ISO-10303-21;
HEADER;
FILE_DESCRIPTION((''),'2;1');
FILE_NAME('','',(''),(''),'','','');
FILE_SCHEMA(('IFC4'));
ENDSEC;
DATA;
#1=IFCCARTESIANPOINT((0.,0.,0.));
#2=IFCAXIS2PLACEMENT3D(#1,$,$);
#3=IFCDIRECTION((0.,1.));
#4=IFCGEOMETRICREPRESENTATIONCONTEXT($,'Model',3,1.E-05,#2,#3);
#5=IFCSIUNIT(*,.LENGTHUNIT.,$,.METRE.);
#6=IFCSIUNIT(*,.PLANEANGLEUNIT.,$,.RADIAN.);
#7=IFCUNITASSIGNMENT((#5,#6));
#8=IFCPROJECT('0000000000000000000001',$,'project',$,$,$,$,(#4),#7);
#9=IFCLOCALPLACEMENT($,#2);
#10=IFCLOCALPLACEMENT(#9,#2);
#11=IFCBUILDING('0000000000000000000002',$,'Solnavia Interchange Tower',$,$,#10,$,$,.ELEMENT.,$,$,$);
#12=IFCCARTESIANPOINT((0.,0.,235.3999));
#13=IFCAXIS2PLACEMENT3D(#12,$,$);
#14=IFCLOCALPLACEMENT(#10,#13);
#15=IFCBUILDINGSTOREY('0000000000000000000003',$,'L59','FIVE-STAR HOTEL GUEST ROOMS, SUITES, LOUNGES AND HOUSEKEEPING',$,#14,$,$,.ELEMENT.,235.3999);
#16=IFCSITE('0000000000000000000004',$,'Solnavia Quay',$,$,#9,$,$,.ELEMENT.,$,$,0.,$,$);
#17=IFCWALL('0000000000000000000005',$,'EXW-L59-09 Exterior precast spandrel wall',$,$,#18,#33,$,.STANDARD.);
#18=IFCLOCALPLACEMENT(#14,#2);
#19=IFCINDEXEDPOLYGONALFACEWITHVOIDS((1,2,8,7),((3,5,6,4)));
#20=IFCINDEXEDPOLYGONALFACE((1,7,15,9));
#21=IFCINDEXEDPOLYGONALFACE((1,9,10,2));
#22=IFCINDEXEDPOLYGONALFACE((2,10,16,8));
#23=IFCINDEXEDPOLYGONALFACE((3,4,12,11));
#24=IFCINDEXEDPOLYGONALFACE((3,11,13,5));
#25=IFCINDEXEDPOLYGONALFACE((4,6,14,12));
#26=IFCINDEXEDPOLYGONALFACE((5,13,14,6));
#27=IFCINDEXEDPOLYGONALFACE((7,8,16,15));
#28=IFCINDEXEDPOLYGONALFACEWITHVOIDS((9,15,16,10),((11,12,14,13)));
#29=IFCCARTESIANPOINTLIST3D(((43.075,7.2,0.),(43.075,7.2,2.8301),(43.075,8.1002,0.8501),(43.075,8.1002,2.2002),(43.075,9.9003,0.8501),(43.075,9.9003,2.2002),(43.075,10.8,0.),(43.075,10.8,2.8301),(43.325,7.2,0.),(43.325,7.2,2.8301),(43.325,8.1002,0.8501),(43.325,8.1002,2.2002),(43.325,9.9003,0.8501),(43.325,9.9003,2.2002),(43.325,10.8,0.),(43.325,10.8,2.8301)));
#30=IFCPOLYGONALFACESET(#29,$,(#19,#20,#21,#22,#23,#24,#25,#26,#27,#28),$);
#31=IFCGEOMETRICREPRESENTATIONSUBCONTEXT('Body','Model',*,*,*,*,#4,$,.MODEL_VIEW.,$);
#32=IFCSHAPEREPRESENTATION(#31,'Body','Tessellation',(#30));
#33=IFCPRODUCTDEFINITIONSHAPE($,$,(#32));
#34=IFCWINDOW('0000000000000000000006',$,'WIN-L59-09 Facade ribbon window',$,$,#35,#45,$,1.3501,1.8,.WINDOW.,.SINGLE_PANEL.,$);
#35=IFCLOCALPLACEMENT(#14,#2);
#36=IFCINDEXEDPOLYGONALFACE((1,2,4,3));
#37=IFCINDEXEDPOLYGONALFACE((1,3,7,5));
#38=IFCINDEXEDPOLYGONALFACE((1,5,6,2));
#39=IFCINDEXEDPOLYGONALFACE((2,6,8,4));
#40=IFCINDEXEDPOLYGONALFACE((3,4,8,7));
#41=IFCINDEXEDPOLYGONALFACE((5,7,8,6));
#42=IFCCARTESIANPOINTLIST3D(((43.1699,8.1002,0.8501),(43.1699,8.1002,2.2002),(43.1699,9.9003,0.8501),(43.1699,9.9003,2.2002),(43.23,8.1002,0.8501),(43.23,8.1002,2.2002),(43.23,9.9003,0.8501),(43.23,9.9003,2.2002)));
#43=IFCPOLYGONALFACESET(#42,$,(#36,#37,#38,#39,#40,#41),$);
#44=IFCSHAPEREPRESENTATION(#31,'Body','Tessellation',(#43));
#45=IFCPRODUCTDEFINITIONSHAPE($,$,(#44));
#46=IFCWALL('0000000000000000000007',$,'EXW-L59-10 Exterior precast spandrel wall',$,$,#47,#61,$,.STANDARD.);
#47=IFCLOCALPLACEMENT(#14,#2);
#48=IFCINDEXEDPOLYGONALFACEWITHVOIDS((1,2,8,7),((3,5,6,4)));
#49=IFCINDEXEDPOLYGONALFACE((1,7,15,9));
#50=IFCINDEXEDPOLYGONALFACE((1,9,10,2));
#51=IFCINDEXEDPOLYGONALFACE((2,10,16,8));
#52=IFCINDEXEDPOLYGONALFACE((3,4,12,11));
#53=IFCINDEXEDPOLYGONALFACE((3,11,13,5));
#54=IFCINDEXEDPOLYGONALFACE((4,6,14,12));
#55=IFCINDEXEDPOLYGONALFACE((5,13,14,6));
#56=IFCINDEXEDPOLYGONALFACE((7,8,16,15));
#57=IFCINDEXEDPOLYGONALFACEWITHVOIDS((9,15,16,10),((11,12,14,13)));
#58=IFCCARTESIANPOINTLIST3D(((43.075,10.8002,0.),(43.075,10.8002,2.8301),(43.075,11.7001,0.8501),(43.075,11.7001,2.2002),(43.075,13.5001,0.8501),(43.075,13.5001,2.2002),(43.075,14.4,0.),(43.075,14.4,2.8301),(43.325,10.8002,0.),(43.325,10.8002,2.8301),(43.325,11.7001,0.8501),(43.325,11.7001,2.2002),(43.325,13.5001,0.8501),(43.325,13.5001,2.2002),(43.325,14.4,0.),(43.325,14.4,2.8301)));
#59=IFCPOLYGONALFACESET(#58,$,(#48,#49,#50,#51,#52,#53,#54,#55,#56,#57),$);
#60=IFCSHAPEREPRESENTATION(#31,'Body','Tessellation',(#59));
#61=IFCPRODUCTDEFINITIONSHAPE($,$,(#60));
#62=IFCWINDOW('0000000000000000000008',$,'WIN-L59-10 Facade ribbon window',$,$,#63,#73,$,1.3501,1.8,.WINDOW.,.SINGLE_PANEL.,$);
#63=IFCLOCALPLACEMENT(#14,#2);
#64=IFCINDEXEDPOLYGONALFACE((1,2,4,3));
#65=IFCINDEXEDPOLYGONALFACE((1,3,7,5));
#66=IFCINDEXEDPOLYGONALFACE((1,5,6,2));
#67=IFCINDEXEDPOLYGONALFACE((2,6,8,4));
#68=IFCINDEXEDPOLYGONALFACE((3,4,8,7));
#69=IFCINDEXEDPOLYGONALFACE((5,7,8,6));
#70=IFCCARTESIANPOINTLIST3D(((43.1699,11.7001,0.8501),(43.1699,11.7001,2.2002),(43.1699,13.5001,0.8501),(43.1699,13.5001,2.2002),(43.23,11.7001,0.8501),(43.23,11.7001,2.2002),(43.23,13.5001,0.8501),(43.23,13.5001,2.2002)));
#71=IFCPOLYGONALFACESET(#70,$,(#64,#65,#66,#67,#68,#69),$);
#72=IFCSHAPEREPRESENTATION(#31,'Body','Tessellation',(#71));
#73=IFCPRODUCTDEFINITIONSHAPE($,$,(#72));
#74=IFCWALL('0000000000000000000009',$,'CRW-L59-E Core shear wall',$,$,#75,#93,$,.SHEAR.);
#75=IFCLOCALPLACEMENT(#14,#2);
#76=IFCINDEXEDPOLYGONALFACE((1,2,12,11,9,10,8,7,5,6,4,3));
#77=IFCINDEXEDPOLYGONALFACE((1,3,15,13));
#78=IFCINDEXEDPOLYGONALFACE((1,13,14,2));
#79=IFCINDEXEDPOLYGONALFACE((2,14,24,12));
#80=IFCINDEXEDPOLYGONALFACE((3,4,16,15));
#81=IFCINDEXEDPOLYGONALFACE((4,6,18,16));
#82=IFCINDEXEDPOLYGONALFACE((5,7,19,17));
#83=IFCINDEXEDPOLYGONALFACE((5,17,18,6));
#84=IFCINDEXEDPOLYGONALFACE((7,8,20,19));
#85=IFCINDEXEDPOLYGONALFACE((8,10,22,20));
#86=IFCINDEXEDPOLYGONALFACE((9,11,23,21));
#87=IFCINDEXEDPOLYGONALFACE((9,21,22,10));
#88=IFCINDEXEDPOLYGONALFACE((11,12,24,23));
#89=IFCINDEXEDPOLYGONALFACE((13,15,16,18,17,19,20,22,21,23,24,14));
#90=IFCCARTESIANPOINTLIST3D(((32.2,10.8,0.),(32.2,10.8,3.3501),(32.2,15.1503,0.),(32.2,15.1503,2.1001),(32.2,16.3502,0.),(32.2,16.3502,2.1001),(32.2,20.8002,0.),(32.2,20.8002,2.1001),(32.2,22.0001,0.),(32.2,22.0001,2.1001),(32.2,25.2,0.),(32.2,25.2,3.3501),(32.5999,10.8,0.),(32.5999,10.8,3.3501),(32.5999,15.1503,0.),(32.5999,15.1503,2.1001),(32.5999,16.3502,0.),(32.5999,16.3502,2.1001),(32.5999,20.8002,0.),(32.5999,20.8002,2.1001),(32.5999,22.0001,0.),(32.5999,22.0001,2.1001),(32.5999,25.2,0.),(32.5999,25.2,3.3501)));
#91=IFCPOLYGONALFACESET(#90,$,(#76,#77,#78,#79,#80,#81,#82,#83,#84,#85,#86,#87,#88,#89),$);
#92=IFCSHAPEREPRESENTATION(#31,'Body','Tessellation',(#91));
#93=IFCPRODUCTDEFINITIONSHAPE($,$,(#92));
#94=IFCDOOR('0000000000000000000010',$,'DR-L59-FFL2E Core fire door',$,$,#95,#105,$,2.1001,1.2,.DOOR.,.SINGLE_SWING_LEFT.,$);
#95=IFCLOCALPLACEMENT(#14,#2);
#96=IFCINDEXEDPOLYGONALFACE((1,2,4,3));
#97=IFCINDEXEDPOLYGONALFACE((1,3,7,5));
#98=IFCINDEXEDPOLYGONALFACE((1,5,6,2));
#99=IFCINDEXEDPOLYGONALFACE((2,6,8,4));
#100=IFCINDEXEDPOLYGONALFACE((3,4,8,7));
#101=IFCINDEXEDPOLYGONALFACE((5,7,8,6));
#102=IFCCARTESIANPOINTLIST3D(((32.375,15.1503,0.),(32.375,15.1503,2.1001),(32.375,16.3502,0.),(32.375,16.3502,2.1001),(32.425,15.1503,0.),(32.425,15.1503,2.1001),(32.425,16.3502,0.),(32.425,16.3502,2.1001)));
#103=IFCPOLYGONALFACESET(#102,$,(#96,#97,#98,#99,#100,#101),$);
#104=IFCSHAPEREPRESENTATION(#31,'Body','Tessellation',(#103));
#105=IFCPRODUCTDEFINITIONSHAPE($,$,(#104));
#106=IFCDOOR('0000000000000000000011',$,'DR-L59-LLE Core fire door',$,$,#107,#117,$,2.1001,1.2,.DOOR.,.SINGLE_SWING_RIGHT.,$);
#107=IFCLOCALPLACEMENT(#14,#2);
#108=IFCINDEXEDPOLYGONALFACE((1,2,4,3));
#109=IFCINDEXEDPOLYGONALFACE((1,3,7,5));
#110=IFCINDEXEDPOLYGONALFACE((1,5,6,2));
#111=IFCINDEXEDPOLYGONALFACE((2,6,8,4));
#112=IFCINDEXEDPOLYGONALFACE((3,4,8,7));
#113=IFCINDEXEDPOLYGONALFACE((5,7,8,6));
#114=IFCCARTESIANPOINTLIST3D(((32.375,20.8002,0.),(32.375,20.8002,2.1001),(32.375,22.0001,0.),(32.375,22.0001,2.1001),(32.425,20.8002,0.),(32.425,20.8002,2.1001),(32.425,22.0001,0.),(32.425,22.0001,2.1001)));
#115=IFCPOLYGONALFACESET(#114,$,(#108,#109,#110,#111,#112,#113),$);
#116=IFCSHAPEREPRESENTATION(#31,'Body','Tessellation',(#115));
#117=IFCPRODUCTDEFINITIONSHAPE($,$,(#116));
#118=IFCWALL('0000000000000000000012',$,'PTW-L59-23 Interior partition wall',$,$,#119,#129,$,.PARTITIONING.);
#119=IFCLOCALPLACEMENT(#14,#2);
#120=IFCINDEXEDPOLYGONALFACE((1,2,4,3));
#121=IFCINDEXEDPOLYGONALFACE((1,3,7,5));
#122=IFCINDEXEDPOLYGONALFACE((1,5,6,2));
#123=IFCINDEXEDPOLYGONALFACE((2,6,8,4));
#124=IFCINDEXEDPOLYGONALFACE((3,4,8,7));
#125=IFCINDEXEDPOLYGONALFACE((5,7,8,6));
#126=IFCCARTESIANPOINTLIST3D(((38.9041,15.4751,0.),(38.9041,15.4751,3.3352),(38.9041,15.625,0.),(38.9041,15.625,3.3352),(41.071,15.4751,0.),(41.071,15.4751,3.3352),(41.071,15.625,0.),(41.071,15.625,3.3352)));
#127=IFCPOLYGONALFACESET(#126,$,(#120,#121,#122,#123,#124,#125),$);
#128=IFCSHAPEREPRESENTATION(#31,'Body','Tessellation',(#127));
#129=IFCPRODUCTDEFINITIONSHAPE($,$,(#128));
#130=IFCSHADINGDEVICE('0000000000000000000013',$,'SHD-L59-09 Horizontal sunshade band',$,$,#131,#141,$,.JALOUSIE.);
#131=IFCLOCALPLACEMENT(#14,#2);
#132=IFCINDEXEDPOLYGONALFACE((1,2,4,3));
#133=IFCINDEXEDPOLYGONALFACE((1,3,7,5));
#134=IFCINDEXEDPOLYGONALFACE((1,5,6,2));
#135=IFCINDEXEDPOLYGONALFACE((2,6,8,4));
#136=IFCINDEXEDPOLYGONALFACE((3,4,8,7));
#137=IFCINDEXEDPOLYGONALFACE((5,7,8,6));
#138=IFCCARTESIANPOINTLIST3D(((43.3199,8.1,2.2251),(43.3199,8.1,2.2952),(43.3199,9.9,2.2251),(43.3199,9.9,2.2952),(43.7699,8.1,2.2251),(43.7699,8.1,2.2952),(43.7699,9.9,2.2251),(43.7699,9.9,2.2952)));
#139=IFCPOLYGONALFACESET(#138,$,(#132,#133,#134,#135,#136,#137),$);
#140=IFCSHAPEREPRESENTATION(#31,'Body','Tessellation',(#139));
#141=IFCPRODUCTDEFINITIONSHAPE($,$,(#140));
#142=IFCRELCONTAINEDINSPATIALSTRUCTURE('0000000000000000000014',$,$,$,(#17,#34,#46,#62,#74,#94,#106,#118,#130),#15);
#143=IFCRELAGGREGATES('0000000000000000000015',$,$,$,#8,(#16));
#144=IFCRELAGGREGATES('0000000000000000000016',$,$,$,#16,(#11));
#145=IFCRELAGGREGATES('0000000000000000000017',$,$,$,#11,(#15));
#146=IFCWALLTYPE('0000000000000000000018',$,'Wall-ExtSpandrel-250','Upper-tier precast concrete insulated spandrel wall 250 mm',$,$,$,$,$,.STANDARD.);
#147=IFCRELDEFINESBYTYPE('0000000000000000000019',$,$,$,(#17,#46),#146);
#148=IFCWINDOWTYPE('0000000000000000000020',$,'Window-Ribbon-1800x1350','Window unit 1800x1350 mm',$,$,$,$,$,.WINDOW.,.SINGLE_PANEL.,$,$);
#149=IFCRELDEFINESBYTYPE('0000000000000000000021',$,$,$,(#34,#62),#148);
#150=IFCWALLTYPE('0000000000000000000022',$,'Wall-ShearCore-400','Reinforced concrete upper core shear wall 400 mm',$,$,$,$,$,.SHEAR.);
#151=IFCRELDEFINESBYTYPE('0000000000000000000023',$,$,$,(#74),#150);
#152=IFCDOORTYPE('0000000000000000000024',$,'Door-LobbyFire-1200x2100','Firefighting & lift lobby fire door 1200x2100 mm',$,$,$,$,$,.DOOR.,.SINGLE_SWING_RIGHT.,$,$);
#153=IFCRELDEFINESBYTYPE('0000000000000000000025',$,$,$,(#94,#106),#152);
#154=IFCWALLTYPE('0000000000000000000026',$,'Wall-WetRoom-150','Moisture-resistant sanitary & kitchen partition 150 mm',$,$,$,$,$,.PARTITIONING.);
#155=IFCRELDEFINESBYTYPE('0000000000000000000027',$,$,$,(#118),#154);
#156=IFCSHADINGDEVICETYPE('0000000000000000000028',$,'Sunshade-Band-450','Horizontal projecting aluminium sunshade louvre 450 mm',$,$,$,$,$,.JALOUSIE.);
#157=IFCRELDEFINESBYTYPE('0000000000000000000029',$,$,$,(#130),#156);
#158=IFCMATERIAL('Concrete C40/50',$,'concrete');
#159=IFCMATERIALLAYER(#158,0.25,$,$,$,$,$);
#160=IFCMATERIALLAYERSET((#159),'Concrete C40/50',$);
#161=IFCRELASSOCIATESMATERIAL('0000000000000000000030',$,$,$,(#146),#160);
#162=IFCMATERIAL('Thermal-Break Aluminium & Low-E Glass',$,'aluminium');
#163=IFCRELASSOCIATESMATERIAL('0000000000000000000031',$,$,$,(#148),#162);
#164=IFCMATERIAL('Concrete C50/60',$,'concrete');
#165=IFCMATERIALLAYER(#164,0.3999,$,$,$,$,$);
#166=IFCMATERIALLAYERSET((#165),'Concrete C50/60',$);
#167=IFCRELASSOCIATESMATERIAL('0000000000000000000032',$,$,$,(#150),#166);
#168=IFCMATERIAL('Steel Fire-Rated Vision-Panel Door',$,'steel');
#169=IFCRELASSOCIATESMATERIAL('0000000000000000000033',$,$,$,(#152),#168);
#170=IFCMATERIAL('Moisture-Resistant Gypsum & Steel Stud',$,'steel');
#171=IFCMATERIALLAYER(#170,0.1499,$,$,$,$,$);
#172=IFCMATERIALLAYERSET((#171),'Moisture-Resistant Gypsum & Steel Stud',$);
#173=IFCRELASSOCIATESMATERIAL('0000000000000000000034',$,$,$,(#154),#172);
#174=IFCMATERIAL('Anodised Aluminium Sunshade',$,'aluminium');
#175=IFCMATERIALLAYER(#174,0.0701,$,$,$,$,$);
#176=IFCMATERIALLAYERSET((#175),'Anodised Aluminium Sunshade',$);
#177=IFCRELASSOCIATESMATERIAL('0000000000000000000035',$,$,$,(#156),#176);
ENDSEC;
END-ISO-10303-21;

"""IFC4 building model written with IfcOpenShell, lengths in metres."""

from ifc_helpers import new_model, si_unit, direction, frame, frame_2d, origin, origin_2d, place, context, subcontext, project, spatial, rectangle, extrude, material, layer, layer_set, type_object, element, fill, save


model = new_model("IFC4")

# Units and contexts
model_context = context("Model", 3, precision=1e-05, world=origin(), true_north=direction((0.0, 1.0)))
body_context = subcontext(model_context, "Body", "Model", "MODEL_VIEW")
ifc_project = project(units=[si_unit("LENGTHUNIT", "METRE"), si_unit("PLANEANGLEUNIT", "RADIAN")], contexts=[model_context])

# Site, building, storey
site_placement = place(None, origin())
site = spatial("IfcSite", under=ifc_project, at=site_placement, Name="Solnavia Quay", CompositionType="ELEMENT", RefElevation=0.0)
building_placement = place(site_placement, origin())
building = spatial("IfcBuilding", under=site, at=building_placement, Name="Solnavia Interchange Tower", CompositionType="ELEMENT")
storey_placement = place(building_placement, frame((0.0, 0.0, 235.3999)))
storey = spatial("IfcBuildingStorey", under=building, at=storey_placement, Name="L59", Description="FIVE-STAR HOTEL GUEST ROOMS, SUITES, LOUNGES AND HOUSEKEEPING", CompositionType="ELEMENT", Elevation=235.3999)

# Shared definitions
ifc_material_1 = material(Name="Concrete C50/60", Category="concrete")

# Shared definitions
ifc_material_2 = material(Name="Concrete C40/50", Category="concrete")
ifc_layer_1 = layer(ifc_material_2, 0.25)
ifc_layer_set_1 = layer_set([ifc_layer_1], Name="Concrete C40/50")
wall_type_1 = type_object("IfcWallType", Name="Wall-ExtSpandrel-250", Description="Upper-tier precast concrete insulated spandrel wall 250 mm", PredefinedType="STANDARD", material=ifc_layer_set_1)

# Walls, openings, windows
wall_1_placement = place(storey_placement, frame((43.2, 10.8, 0.0), z_axis=(0.0, 0.0, 1.0), x_axis=(0.0, -1.0, 0.0)))
wall_1 = element("IfcWall", 1, at=wall_1_placement, inside=storey, type_object=wall_type_1, Name="EXW-L59-09 Exterior precast spandrel wall", PredefinedType="STANDARD", context=body_context, shape_type="SweptSolid", body=[
    extrude(rectangle(XDim=3.6001, YDim=0.25, at=frame_2d((1.8, 0.0))), origin(), (0.0, 0.0, 1.0), 2.8301),
])
opening_1_placement = place(wall_1_placement, frame((0.8999, 0.0, 0.8501)))
opening_1 = element("IfcOpeningElement", 2, at=opening_1_placement, cuts=wall_1, PredefinedType="OPENING", context=body_context, shape_type="SweptSolid", body=[
    extrude(rectangle(XDim=1.8, YDim=1.3501, at=frame_2d((0.8999, 0.675))), frame((0.0, 0.135, 0.0), z_axis=(0.0, -1.0, 0.0), x_axis=(1.0, 0.0, 0.0)), (0.0, 0.0, 1.0), 0.27),
])
ifc_material_3 = material(Name="Thermal-Break Aluminium & Low-E Glass", Category="aluminium")
window_type = type_object("IfcWindowType", Name="Window-Ribbon-1800x1350", Description="Window unit 1800x1350 mm", PartitioningType="SINGLE_PANEL", PredefinedType="WINDOW", material=ifc_material_3)
window_1_placement = place(opening_1_placement, origin())
window_1 = element("IfcWindow", 3, at=window_1_placement, inside=storey, type_object=window_type, Name="WIN-L59-09 Facade ribbon window", OverallHeight=1.3501, OverallWidth=1.8, PartitioningType="SINGLE_PANEL", PredefinedType="WINDOW", context=body_context, shape_type="SweptSolid", body=[
    extrude(rectangle(XDim=1.8, YDim=1.3501, at=frame_2d((0.8999, 0.675))), frame((0.0, 0.03, 0.0), z_axis=(0.0, -1.0, 0.0), x_axis=(1.0, 0.0, 0.0)), (0.0, 0.0, 1.0), 0.0601),
])
fill(opening_1, window_1)
wall_2_placement = place(storey_placement, frame((43.2, 14.3999, 0.0), z_axis=(0.0, 0.0, 1.0), x_axis=(0.0, -1.0, 0.0)))
wall_2 = element("IfcWall", 4, at=wall_2_placement, inside=storey, type_object=wall_type_1, Name="EXW-L59-10 Exterior precast spandrel wall", PredefinedType="STANDARD", context=body_context, shape_type="SweptSolid", body=[
    extrude(rectangle(XDim=3.5999, YDim=0.25, at=frame_2d((1.7998, 0.0))), origin(), (0.0, 0.0, 1.0), 2.8301),
])
opening_2_placement = place(wall_2_placement, frame((0.8999, 0.0, 0.8501)))
opening_2 = element("IfcOpeningElement", 5, at=opening_2_placement, cuts=wall_2, PredefinedType="OPENING", context=body_context, shape_type="SweptSolid", body=[
    extrude(rectangle(XDim=1.8, YDim=1.3501, at=frame_2d((0.8999, 0.675))), frame((0.0, 0.135, 0.0), z_axis=(0.0, -1.0, 0.0), x_axis=(1.0, 0.0, 0.0)), (0.0, 0.0, 1.0), 0.27),
])
window_2_placement = place(opening_2_placement, origin())
window_2 = element("IfcWindow", 6, at=window_2_placement, inside=storey, type_object=window_type, Name="WIN-L59-10 Facade ribbon window", OverallHeight=1.3501, OverallWidth=1.8, PartitioningType="SINGLE_PANEL", PredefinedType="WINDOW", context=body_context, shape_type="SweptSolid", body=[
    extrude(rectangle(XDim=1.8, YDim=1.3501, at=frame_2d((0.8999, 0.675))), frame((0.0, 0.03, 0.0), z_axis=(0.0, -1.0, 0.0), x_axis=(1.0, 0.0, 0.0)), (0.0, 0.0, 1.0), 0.0601),
])
fill(opening_2, window_2)

# Wall, openings, doors
ifc_layer_2 = layer(ifc_material_1, 0.3999)
ifc_layer_set_2 = layer_set([ifc_layer_2], Name="Concrete C50/60")
wall_type_2 = type_object("IfcWallType", Name="Wall-ShearCore-400", Description="Reinforced concrete upper core shear wall 400 mm", PredefinedType="SHEAR", material=ifc_layer_set_2)
wall_3_placement = place(storey_placement, frame((32.3999, 10.8, 0.0), z_axis=(0.0, 0.0, 1.0), x_axis=(0.0, 1.0, 0.0)))
wall_3 = element("IfcWall", 7, at=wall_3_placement, inside=storey, type_object=wall_type_2, Name="CRW-L59-E Core shear wall", PredefinedType="SHEAR", context=body_context, shape_type="SweptSolid", body=[
    extrude(rectangle(XDim=14.3999, YDim=0.3999, at=frame_2d((7.2, 0.0))), origin(), (0.0, 0.0, 1.0), 3.3501),
])
opening_3_placement = place(wall_3_placement, frame((4.3501, 0.0, 0.0)))
opening_3 = element("IfcOpeningElement", 8, at=opening_3_placement, cuts=wall_3, PredefinedType="OPENING", context=body_context, shape_type="SweptSolid", body=[
    extrude(rectangle(XDim=1.2, YDim=2.1001, at=frame_2d((0.6001, 1.05))), frame((0.0, 0.21, 0.0), z_axis=(0.0, -1.0, 0.0), x_axis=(1.0, 0.0, 0.0)), (0.0, 0.0, 1.0), 0.4199),
])
opening_4_placement = place(wall_3_placement, frame((10.0, 0.0, 0.0)))
opening_4 = element("IfcOpeningElement", 9, at=opening_4_placement, cuts=wall_3, PredefinedType="OPENING", context=body_context, shape_type="SweptSolid", body=[
    extrude(rectangle(XDim=1.2, YDim=2.1001, at=frame_2d((0.6001, 1.05))), frame((0.0, 0.21, 0.0), z_axis=(0.0, -1.0, 0.0), x_axis=(1.0, 0.0, 0.0)), (0.0, 0.0, 1.0), 0.4199),
])
ifc_material_4 = material(Name="Steel Fire-Rated Vision-Panel Door", Category="steel")
door_type = type_object("IfcDoorType", Name="Door-LobbyFire-1200x2100", Description="Firefighting & lift lobby fire door 1200x2100 mm", OperationType="SINGLE_SWING_RIGHT", PredefinedType="DOOR", material=ifc_material_4)
door_1_placement = place(opening_3_placement, origin())
door_1 = element("IfcDoor", 10, at=door_1_placement, inside=storey, type_object=door_type, Name="DR-L59-FFL2E Core fire door", OperationType="SINGLE_SWING_LEFT", OverallHeight=2.1001, OverallWidth=1.2, PredefinedType="DOOR", context=body_context, shape_type="SweptSolid", body=[
    extrude(rectangle(XDim=1.2, YDim=2.1001, at=frame_2d((0.6001, 1.05))), frame((0.0, 0.0249, 0.0), z_axis=(0.0, -1.0, 0.0), x_axis=(1.0, 0.0, 0.0)), (0.0, 0.0, 1.0), 0.05),
])
fill(opening_3, door_1)
door_2_placement = place(opening_4_placement, origin())
door_2 = element("IfcDoor", 11, at=door_2_placement, inside=storey, type_object=door_type, Name="DR-L59-LLE Core fire door", OperationType="SINGLE_SWING_RIGHT", OverallHeight=2.1001, OverallWidth=1.2, PredefinedType="DOOR", context=body_context, shape_type="SweptSolid", body=[
    extrude(rectangle(XDim=1.2, YDim=2.1001, at=frame_2d((0.6001, 1.05))), frame((0.0, 0.0249, 0.0), z_axis=(0.0, -1.0, 0.0), x_axis=(1.0, 0.0, 0.0)), (0.0, 0.0, 1.0), 0.05),
])
fill(opening_4, door_2)

# Wall
ifc_material_5 = material(Name="Moisture-Resistant Gypsum & Steel Stud", Category="steel")
ifc_layer_3 = layer(ifc_material_5, 0.1499)
ifc_layer_set_3 = layer_set([ifc_layer_3], Name="Moisture-Resistant Gypsum & Steel Stud")
wall_type_3 = type_object("IfcWallType", Name="Wall-WetRoom-150", Description="Moisture-resistant sanitary & kitchen partition 150 mm", PredefinedType="PARTITIONING", material=ifc_layer_set_3)
wall_4_placement = place(storey_placement, frame((38.9041, 15.55, 0.0), z_axis=(0.0, 0.0, 1.0), x_axis=(1.0, 0.0, 0.0)))
element("IfcWall", 12, at=wall_4_placement, inside=storey, type_object=wall_type_3, Name="PTW-L59-23 Interior partition wall", PredefinedType="PARTITIONING", context=body_context, shape_type="SweptSolid", body=[
    extrude(rectangle(XDim=2.167, YDim=0.1499, at=frame_2d((1.0835, 0.0))), origin(), (0.0, 0.0, 1.0), 3.3352),
])

# Shading device
ifc_material_6 = material(Name="Anodised Aluminium Sunshade", Category="aluminium")
ifc_layer_4 = layer(ifc_material_6, 0.0701)
ifc_layer_set_4 = layer_set([ifc_layer_4], Name="Anodised Aluminium Sunshade")
shading_device_type = type_object("IfcShadingDeviceType", Name="Sunshade-Band-450", Description="Horizontal projecting aluminium sunshade louvre 450 mm", PredefinedType="JALOUSIE", material=ifc_layer_set_4)
shading_device_placement = place(storey_placement, frame((43.5449, 9.0, 2.2251), z_axis=(0.0, 0.0, 1.0), x_axis=(0.0, -1.0, 0.0)))
element("IfcShadingDevice", 13, at=shading_device_placement, inside=storey, type_object=shading_device_type, Name="SHD-L59-09 Horizontal sunshade band", PredefinedType="JALOUSIE", context=body_context, shape_type="SweptSolid", body=[
    extrude(rectangle(XDim=1.8, YDim=0.45, at=origin_2d()), origin(), (0.0, 0.0, 1.0), 0.0701),
])

save(model, "model.ifc")
